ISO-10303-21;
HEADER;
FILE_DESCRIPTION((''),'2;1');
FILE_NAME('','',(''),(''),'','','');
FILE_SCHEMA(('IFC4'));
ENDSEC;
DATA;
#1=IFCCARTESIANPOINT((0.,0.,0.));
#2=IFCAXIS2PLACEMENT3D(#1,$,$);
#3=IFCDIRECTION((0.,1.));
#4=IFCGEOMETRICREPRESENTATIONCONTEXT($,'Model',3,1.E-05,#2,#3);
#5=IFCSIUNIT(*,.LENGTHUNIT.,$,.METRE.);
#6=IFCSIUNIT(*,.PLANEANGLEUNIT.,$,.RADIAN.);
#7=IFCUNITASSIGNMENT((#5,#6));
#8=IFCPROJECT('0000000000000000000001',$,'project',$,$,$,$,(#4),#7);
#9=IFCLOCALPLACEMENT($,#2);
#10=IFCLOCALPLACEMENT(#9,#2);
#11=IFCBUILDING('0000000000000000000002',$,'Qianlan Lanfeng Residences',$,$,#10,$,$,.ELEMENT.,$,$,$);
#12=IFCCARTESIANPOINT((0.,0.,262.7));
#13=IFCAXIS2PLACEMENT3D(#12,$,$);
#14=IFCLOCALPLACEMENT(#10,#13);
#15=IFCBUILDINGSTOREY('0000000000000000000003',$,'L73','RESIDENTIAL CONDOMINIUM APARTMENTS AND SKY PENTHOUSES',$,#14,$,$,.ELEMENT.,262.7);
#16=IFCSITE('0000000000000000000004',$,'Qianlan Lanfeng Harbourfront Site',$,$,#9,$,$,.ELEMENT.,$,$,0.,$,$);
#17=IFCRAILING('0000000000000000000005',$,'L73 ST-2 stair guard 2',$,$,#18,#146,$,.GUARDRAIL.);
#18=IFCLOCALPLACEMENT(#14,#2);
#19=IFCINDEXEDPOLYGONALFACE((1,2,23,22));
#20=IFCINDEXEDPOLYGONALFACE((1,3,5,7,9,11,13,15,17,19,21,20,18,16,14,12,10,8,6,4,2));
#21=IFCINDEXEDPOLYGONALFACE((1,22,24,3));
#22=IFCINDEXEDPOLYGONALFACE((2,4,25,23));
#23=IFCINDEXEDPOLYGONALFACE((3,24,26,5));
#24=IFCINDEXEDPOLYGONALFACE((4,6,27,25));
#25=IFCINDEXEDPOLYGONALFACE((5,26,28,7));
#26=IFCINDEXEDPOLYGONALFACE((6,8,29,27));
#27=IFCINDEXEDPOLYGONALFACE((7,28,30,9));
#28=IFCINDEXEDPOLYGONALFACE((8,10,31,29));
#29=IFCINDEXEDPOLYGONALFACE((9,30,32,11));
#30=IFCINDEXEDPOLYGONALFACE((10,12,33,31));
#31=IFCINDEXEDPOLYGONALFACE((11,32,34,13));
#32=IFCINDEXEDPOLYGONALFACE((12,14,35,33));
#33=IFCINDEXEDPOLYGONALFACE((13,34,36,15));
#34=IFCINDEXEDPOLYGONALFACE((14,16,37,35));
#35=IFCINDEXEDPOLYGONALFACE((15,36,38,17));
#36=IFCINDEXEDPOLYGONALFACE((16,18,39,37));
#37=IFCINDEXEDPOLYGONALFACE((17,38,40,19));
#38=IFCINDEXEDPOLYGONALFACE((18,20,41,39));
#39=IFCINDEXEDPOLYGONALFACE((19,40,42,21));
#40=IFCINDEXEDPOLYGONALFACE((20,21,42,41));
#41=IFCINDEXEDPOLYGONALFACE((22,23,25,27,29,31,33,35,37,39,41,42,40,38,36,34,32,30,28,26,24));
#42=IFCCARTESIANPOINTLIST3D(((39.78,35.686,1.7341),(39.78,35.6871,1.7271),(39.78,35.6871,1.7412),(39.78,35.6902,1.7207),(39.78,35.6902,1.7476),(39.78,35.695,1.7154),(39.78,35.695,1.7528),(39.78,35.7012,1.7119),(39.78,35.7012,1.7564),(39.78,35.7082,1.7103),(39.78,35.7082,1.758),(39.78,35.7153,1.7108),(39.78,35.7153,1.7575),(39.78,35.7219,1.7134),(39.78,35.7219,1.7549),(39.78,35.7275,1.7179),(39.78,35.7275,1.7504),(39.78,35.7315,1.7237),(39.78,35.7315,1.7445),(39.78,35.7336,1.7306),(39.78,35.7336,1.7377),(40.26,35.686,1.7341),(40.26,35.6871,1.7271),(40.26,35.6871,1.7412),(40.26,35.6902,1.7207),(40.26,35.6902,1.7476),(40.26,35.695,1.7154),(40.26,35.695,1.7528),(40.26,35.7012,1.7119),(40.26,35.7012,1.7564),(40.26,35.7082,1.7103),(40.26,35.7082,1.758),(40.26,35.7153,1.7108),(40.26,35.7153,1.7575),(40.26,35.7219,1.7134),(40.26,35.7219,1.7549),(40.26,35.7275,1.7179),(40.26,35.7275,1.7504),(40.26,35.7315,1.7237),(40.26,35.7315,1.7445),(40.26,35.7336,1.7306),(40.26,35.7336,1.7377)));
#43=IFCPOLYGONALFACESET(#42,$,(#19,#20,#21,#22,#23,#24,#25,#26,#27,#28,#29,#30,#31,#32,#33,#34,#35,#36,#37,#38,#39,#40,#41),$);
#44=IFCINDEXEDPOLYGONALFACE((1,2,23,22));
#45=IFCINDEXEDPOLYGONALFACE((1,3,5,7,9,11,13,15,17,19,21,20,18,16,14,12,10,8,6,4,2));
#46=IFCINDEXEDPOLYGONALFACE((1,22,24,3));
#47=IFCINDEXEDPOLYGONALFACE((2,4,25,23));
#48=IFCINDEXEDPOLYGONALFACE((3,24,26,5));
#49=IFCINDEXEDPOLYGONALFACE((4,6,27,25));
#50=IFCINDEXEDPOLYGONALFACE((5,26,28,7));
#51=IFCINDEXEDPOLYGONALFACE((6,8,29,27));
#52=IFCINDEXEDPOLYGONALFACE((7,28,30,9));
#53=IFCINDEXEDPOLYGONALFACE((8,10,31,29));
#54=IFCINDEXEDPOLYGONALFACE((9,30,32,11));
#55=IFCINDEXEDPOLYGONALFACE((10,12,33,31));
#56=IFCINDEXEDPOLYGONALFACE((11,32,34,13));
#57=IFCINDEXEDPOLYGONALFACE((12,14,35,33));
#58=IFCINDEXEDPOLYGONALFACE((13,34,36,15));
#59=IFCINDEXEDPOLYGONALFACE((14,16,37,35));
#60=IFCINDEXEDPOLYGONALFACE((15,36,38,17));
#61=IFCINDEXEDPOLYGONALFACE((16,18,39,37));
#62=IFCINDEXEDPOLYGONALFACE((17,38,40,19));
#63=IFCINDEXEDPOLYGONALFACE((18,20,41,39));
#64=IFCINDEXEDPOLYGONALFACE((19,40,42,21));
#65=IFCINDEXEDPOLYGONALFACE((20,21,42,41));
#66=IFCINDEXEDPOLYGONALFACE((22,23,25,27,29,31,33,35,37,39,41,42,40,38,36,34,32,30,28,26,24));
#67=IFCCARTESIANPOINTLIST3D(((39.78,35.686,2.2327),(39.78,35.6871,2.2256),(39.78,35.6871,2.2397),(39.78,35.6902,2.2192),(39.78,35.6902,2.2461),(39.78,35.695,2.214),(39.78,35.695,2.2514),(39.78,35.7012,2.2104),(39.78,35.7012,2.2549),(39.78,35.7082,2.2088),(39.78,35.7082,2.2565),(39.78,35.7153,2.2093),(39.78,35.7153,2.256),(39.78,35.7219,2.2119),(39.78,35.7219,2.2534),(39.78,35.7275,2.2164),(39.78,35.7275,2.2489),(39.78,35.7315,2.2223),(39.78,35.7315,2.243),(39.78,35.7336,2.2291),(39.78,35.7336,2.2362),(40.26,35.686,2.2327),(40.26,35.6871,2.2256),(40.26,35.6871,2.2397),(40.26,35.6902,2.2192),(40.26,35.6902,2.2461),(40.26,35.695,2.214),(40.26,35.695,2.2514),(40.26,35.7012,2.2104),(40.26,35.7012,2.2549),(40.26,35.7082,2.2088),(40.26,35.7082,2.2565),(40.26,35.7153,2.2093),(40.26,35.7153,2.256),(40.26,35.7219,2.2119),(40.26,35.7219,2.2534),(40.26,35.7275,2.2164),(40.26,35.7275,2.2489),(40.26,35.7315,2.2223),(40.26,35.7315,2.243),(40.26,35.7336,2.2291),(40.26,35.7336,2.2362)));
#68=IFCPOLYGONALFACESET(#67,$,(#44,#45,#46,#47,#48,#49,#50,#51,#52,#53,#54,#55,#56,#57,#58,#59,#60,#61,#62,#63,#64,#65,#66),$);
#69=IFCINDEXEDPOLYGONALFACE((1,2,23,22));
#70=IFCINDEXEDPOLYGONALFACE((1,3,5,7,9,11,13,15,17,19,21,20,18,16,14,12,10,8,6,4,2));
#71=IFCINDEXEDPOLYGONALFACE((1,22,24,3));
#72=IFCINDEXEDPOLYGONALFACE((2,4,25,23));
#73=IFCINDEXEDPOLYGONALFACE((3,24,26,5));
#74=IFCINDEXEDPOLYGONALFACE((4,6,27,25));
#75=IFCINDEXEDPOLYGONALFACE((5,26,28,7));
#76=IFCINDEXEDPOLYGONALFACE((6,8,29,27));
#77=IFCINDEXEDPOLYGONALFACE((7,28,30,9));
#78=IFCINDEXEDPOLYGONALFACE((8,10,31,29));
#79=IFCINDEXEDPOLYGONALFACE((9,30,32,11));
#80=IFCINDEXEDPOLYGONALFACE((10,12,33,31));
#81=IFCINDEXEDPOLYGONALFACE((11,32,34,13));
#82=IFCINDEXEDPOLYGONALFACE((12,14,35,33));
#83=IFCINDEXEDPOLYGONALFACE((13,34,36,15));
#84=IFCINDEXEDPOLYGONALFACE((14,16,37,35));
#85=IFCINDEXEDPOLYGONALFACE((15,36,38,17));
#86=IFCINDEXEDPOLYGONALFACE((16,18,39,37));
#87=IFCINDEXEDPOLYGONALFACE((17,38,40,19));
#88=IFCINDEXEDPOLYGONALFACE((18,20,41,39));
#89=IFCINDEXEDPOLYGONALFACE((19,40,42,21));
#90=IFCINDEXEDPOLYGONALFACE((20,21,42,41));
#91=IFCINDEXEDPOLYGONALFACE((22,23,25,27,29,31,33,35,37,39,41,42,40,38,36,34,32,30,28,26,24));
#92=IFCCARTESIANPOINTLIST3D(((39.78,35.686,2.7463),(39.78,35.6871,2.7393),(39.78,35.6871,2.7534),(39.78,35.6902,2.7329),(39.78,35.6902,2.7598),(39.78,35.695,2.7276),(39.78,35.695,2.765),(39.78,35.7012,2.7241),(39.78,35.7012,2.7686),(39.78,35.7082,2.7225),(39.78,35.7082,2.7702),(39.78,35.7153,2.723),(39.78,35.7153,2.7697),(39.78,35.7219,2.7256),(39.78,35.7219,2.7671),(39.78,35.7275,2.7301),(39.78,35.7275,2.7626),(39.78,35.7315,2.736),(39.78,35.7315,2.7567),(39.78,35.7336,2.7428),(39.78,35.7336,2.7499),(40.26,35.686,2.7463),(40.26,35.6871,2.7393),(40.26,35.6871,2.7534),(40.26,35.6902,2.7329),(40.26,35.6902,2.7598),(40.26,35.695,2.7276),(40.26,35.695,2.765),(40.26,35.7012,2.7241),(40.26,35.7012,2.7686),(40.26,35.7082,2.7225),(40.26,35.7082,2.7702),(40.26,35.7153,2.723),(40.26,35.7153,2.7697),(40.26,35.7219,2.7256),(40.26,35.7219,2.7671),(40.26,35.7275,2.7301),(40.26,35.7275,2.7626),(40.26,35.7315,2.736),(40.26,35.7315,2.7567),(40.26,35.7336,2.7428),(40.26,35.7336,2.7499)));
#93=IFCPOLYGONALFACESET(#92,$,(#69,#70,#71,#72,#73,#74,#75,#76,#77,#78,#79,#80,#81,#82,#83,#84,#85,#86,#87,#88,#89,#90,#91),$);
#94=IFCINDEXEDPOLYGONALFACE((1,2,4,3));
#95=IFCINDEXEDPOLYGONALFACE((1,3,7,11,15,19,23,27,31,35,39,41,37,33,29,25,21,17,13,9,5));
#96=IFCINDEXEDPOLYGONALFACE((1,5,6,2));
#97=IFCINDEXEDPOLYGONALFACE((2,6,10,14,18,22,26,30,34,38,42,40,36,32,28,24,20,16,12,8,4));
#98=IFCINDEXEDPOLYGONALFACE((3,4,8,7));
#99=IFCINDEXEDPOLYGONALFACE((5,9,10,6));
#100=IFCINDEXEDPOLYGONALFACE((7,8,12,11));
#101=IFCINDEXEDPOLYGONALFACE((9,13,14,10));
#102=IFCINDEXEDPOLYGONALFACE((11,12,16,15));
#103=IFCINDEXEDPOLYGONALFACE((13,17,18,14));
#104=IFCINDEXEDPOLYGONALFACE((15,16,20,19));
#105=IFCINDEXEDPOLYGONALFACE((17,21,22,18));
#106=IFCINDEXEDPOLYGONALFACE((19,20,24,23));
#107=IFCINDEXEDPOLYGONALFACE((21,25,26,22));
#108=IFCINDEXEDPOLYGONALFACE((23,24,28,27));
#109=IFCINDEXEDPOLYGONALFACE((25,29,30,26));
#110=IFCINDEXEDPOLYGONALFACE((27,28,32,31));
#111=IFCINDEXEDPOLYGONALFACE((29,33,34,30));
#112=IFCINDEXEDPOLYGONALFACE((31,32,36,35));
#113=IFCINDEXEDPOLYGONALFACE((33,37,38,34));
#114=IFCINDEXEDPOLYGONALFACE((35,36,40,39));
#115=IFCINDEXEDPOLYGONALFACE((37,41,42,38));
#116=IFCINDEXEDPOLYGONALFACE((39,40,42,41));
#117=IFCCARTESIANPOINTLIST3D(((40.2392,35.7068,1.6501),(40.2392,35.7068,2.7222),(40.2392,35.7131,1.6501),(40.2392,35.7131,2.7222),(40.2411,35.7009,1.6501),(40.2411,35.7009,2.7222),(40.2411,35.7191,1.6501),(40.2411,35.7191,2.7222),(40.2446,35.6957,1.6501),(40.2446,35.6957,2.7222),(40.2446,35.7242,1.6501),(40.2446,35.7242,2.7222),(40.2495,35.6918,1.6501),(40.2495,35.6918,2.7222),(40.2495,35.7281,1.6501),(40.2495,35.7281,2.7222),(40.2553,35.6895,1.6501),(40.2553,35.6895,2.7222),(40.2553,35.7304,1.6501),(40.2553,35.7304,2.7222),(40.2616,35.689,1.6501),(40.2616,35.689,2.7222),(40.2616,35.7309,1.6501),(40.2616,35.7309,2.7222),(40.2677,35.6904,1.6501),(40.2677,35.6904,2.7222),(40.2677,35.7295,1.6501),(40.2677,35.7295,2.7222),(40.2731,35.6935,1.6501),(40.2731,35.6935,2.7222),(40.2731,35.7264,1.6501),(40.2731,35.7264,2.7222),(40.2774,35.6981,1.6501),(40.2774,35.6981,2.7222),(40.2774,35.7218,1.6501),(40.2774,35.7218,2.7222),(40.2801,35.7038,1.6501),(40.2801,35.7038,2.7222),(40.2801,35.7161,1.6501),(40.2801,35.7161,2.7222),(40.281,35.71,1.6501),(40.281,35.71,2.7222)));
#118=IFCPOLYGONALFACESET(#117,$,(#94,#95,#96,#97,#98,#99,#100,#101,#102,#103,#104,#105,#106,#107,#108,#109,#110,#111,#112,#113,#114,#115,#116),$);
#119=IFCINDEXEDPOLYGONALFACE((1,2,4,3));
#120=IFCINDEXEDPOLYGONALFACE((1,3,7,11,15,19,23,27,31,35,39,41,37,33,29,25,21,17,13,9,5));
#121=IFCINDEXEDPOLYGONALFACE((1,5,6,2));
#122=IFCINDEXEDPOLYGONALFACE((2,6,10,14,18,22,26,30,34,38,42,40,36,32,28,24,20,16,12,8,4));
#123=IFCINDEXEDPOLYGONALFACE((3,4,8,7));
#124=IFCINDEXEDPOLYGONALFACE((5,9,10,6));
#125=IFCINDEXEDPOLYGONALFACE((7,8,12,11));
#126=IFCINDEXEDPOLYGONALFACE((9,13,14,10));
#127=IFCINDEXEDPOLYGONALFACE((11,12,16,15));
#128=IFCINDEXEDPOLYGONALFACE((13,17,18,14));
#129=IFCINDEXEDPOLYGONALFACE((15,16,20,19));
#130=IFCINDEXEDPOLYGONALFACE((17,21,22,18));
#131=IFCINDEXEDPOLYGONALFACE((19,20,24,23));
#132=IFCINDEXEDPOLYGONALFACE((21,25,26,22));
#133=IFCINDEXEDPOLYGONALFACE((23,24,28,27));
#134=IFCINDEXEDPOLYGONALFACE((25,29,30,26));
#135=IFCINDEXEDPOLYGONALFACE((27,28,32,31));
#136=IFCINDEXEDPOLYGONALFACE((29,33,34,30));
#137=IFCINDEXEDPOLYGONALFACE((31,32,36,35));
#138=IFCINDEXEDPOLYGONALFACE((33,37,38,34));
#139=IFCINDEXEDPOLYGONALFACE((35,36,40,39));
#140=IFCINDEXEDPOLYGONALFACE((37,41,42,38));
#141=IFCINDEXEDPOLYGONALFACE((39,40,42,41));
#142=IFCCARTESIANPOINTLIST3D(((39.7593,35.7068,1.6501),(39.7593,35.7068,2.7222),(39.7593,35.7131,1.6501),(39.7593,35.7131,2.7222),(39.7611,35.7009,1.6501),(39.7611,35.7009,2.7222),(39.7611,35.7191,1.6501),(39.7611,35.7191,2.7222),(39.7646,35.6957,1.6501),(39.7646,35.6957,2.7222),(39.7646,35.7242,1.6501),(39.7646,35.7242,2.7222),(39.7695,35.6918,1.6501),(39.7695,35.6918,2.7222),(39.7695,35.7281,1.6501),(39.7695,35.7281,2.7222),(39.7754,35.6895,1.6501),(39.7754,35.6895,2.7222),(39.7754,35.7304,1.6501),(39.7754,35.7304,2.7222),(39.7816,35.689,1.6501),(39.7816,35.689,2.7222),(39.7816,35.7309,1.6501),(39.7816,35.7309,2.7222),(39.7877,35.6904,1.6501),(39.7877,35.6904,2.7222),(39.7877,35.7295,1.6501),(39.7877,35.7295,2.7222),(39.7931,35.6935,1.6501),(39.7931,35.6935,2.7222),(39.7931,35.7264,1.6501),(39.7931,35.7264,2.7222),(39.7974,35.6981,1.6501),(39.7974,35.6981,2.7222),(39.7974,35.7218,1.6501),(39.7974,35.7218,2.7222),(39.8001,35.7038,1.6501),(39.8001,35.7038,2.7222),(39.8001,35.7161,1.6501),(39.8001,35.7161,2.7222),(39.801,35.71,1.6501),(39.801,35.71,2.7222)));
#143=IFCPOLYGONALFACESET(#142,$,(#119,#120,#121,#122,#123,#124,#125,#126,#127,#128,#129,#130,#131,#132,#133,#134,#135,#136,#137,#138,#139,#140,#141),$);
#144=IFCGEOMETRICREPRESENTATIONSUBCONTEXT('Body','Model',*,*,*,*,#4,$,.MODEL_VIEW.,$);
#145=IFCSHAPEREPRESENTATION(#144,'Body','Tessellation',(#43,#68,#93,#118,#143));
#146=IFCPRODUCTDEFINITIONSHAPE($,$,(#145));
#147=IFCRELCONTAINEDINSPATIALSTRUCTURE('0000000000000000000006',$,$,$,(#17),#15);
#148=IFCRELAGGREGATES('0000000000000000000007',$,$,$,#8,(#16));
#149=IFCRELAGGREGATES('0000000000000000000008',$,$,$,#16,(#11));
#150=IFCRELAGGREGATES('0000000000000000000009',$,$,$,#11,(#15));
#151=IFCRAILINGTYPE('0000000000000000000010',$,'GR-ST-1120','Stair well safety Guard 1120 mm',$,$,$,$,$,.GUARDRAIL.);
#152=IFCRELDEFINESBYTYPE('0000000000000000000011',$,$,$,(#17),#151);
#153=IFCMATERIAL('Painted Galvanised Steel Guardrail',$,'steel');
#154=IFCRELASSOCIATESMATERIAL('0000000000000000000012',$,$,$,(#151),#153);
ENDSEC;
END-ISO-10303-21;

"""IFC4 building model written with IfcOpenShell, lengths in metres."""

from ifc_helpers import new_model, si_unit, direction, frame, origin, origin_2d, place, context, subcontext, project, spatial, circle, extrude, material, type_object, element, save


model = new_model("IFC4")

# Units and contexts
model_context = context("Model", 3, precision=1e-05, world=origin(), true_north=direction((0.0, 1.0)))
body_context = subcontext(model_context, "Body", "Model", "MODEL_VIEW")
ifc_project = project(units=[si_unit("LENGTHUNIT", "METRE"), si_unit("PLANEANGLEUNIT", "RADIAN")], contexts=[model_context])

# Site, building, storey
site_placement = place(None, origin())
site = spatial("IfcSite", under=ifc_project, at=site_placement, Name="Qianlan Lanfeng Harbourfront Site", CompositionType="ELEMENT", RefElevation=0.0)
building_placement = place(site_placement, origin())
building = spatial("IfcBuilding", under=site, at=building_placement, Name="Qianlan Lanfeng Residences", CompositionType="ELEMENT")
storey_placement = place(building_placement, frame((0.0, 0.0, 262.7)))
storey = spatial("IfcBuildingStorey", under=building, at=storey_placement, Name="L73", Description="RESIDENTIAL CONDOMINIUM APARTMENTS AND SKY PENTHOUSES", CompositionType="ELEMENT", Elevation=262.7)

# Railing
ifc_material_1 = material(Name="Painted Galvanised Steel Guardrail", Category="steel")
railing_type_1 = type_object("IfcRailingType", Name="GR-ST-1120", Description="Stair well safety Guard 1120 mm", PredefinedType="GUARDRAIL", material=ifc_material_1)
railing_1_placement = place(storey_placement, frame((40.26, 35.71, 1.6501)))
element("IfcRailing", 1, at=railing_1_placement, inside=storey, type_object=railing_type_1, Name="L73 ST-2 stair guard 2", PredefinedType="GUARDRAIL", context=body_context, shape_type="SweptSolid", body=[
    extrude(circle(Radius=0.0239, at=origin_2d()), frame((0.0, 0.0, 0.084), z_axis=(-1.0, 0.0, 0.0), x_axis=(0.0, -1.0, 0.0)), (0.0, 0.0, 1.0), 0.48),
    extrude(circle(Radius=0.0239, at=origin_2d()), frame((0.0, 0.0, 0.5825), z_axis=(-1.0, 0.0, 0.0), x_axis=(0.0, -1.0, 0.0)), (0.0, 0.0, 1.0), 0.48),
    extrude(circle(Radius=0.0239, at=origin_2d()), frame((0.0, 0.0, 1.0962), z_axis=(-1.0, 0.0, 0.0), x_axis=(0.0, -1.0, 0.0)), (0.0, 0.0, 1.0), 0.48),
    extrude(circle(Radius=0.021, at=origin_2d()), origin(), (0.0, 0.0, 1.0), 1.072),
    extrude(circle(Radius=0.021, at=origin_2d()), frame((-0.48, 0.0, 0.0)), (0.0, 0.0, 1.0), 1.072),
])

save(model, "model.ifc")
